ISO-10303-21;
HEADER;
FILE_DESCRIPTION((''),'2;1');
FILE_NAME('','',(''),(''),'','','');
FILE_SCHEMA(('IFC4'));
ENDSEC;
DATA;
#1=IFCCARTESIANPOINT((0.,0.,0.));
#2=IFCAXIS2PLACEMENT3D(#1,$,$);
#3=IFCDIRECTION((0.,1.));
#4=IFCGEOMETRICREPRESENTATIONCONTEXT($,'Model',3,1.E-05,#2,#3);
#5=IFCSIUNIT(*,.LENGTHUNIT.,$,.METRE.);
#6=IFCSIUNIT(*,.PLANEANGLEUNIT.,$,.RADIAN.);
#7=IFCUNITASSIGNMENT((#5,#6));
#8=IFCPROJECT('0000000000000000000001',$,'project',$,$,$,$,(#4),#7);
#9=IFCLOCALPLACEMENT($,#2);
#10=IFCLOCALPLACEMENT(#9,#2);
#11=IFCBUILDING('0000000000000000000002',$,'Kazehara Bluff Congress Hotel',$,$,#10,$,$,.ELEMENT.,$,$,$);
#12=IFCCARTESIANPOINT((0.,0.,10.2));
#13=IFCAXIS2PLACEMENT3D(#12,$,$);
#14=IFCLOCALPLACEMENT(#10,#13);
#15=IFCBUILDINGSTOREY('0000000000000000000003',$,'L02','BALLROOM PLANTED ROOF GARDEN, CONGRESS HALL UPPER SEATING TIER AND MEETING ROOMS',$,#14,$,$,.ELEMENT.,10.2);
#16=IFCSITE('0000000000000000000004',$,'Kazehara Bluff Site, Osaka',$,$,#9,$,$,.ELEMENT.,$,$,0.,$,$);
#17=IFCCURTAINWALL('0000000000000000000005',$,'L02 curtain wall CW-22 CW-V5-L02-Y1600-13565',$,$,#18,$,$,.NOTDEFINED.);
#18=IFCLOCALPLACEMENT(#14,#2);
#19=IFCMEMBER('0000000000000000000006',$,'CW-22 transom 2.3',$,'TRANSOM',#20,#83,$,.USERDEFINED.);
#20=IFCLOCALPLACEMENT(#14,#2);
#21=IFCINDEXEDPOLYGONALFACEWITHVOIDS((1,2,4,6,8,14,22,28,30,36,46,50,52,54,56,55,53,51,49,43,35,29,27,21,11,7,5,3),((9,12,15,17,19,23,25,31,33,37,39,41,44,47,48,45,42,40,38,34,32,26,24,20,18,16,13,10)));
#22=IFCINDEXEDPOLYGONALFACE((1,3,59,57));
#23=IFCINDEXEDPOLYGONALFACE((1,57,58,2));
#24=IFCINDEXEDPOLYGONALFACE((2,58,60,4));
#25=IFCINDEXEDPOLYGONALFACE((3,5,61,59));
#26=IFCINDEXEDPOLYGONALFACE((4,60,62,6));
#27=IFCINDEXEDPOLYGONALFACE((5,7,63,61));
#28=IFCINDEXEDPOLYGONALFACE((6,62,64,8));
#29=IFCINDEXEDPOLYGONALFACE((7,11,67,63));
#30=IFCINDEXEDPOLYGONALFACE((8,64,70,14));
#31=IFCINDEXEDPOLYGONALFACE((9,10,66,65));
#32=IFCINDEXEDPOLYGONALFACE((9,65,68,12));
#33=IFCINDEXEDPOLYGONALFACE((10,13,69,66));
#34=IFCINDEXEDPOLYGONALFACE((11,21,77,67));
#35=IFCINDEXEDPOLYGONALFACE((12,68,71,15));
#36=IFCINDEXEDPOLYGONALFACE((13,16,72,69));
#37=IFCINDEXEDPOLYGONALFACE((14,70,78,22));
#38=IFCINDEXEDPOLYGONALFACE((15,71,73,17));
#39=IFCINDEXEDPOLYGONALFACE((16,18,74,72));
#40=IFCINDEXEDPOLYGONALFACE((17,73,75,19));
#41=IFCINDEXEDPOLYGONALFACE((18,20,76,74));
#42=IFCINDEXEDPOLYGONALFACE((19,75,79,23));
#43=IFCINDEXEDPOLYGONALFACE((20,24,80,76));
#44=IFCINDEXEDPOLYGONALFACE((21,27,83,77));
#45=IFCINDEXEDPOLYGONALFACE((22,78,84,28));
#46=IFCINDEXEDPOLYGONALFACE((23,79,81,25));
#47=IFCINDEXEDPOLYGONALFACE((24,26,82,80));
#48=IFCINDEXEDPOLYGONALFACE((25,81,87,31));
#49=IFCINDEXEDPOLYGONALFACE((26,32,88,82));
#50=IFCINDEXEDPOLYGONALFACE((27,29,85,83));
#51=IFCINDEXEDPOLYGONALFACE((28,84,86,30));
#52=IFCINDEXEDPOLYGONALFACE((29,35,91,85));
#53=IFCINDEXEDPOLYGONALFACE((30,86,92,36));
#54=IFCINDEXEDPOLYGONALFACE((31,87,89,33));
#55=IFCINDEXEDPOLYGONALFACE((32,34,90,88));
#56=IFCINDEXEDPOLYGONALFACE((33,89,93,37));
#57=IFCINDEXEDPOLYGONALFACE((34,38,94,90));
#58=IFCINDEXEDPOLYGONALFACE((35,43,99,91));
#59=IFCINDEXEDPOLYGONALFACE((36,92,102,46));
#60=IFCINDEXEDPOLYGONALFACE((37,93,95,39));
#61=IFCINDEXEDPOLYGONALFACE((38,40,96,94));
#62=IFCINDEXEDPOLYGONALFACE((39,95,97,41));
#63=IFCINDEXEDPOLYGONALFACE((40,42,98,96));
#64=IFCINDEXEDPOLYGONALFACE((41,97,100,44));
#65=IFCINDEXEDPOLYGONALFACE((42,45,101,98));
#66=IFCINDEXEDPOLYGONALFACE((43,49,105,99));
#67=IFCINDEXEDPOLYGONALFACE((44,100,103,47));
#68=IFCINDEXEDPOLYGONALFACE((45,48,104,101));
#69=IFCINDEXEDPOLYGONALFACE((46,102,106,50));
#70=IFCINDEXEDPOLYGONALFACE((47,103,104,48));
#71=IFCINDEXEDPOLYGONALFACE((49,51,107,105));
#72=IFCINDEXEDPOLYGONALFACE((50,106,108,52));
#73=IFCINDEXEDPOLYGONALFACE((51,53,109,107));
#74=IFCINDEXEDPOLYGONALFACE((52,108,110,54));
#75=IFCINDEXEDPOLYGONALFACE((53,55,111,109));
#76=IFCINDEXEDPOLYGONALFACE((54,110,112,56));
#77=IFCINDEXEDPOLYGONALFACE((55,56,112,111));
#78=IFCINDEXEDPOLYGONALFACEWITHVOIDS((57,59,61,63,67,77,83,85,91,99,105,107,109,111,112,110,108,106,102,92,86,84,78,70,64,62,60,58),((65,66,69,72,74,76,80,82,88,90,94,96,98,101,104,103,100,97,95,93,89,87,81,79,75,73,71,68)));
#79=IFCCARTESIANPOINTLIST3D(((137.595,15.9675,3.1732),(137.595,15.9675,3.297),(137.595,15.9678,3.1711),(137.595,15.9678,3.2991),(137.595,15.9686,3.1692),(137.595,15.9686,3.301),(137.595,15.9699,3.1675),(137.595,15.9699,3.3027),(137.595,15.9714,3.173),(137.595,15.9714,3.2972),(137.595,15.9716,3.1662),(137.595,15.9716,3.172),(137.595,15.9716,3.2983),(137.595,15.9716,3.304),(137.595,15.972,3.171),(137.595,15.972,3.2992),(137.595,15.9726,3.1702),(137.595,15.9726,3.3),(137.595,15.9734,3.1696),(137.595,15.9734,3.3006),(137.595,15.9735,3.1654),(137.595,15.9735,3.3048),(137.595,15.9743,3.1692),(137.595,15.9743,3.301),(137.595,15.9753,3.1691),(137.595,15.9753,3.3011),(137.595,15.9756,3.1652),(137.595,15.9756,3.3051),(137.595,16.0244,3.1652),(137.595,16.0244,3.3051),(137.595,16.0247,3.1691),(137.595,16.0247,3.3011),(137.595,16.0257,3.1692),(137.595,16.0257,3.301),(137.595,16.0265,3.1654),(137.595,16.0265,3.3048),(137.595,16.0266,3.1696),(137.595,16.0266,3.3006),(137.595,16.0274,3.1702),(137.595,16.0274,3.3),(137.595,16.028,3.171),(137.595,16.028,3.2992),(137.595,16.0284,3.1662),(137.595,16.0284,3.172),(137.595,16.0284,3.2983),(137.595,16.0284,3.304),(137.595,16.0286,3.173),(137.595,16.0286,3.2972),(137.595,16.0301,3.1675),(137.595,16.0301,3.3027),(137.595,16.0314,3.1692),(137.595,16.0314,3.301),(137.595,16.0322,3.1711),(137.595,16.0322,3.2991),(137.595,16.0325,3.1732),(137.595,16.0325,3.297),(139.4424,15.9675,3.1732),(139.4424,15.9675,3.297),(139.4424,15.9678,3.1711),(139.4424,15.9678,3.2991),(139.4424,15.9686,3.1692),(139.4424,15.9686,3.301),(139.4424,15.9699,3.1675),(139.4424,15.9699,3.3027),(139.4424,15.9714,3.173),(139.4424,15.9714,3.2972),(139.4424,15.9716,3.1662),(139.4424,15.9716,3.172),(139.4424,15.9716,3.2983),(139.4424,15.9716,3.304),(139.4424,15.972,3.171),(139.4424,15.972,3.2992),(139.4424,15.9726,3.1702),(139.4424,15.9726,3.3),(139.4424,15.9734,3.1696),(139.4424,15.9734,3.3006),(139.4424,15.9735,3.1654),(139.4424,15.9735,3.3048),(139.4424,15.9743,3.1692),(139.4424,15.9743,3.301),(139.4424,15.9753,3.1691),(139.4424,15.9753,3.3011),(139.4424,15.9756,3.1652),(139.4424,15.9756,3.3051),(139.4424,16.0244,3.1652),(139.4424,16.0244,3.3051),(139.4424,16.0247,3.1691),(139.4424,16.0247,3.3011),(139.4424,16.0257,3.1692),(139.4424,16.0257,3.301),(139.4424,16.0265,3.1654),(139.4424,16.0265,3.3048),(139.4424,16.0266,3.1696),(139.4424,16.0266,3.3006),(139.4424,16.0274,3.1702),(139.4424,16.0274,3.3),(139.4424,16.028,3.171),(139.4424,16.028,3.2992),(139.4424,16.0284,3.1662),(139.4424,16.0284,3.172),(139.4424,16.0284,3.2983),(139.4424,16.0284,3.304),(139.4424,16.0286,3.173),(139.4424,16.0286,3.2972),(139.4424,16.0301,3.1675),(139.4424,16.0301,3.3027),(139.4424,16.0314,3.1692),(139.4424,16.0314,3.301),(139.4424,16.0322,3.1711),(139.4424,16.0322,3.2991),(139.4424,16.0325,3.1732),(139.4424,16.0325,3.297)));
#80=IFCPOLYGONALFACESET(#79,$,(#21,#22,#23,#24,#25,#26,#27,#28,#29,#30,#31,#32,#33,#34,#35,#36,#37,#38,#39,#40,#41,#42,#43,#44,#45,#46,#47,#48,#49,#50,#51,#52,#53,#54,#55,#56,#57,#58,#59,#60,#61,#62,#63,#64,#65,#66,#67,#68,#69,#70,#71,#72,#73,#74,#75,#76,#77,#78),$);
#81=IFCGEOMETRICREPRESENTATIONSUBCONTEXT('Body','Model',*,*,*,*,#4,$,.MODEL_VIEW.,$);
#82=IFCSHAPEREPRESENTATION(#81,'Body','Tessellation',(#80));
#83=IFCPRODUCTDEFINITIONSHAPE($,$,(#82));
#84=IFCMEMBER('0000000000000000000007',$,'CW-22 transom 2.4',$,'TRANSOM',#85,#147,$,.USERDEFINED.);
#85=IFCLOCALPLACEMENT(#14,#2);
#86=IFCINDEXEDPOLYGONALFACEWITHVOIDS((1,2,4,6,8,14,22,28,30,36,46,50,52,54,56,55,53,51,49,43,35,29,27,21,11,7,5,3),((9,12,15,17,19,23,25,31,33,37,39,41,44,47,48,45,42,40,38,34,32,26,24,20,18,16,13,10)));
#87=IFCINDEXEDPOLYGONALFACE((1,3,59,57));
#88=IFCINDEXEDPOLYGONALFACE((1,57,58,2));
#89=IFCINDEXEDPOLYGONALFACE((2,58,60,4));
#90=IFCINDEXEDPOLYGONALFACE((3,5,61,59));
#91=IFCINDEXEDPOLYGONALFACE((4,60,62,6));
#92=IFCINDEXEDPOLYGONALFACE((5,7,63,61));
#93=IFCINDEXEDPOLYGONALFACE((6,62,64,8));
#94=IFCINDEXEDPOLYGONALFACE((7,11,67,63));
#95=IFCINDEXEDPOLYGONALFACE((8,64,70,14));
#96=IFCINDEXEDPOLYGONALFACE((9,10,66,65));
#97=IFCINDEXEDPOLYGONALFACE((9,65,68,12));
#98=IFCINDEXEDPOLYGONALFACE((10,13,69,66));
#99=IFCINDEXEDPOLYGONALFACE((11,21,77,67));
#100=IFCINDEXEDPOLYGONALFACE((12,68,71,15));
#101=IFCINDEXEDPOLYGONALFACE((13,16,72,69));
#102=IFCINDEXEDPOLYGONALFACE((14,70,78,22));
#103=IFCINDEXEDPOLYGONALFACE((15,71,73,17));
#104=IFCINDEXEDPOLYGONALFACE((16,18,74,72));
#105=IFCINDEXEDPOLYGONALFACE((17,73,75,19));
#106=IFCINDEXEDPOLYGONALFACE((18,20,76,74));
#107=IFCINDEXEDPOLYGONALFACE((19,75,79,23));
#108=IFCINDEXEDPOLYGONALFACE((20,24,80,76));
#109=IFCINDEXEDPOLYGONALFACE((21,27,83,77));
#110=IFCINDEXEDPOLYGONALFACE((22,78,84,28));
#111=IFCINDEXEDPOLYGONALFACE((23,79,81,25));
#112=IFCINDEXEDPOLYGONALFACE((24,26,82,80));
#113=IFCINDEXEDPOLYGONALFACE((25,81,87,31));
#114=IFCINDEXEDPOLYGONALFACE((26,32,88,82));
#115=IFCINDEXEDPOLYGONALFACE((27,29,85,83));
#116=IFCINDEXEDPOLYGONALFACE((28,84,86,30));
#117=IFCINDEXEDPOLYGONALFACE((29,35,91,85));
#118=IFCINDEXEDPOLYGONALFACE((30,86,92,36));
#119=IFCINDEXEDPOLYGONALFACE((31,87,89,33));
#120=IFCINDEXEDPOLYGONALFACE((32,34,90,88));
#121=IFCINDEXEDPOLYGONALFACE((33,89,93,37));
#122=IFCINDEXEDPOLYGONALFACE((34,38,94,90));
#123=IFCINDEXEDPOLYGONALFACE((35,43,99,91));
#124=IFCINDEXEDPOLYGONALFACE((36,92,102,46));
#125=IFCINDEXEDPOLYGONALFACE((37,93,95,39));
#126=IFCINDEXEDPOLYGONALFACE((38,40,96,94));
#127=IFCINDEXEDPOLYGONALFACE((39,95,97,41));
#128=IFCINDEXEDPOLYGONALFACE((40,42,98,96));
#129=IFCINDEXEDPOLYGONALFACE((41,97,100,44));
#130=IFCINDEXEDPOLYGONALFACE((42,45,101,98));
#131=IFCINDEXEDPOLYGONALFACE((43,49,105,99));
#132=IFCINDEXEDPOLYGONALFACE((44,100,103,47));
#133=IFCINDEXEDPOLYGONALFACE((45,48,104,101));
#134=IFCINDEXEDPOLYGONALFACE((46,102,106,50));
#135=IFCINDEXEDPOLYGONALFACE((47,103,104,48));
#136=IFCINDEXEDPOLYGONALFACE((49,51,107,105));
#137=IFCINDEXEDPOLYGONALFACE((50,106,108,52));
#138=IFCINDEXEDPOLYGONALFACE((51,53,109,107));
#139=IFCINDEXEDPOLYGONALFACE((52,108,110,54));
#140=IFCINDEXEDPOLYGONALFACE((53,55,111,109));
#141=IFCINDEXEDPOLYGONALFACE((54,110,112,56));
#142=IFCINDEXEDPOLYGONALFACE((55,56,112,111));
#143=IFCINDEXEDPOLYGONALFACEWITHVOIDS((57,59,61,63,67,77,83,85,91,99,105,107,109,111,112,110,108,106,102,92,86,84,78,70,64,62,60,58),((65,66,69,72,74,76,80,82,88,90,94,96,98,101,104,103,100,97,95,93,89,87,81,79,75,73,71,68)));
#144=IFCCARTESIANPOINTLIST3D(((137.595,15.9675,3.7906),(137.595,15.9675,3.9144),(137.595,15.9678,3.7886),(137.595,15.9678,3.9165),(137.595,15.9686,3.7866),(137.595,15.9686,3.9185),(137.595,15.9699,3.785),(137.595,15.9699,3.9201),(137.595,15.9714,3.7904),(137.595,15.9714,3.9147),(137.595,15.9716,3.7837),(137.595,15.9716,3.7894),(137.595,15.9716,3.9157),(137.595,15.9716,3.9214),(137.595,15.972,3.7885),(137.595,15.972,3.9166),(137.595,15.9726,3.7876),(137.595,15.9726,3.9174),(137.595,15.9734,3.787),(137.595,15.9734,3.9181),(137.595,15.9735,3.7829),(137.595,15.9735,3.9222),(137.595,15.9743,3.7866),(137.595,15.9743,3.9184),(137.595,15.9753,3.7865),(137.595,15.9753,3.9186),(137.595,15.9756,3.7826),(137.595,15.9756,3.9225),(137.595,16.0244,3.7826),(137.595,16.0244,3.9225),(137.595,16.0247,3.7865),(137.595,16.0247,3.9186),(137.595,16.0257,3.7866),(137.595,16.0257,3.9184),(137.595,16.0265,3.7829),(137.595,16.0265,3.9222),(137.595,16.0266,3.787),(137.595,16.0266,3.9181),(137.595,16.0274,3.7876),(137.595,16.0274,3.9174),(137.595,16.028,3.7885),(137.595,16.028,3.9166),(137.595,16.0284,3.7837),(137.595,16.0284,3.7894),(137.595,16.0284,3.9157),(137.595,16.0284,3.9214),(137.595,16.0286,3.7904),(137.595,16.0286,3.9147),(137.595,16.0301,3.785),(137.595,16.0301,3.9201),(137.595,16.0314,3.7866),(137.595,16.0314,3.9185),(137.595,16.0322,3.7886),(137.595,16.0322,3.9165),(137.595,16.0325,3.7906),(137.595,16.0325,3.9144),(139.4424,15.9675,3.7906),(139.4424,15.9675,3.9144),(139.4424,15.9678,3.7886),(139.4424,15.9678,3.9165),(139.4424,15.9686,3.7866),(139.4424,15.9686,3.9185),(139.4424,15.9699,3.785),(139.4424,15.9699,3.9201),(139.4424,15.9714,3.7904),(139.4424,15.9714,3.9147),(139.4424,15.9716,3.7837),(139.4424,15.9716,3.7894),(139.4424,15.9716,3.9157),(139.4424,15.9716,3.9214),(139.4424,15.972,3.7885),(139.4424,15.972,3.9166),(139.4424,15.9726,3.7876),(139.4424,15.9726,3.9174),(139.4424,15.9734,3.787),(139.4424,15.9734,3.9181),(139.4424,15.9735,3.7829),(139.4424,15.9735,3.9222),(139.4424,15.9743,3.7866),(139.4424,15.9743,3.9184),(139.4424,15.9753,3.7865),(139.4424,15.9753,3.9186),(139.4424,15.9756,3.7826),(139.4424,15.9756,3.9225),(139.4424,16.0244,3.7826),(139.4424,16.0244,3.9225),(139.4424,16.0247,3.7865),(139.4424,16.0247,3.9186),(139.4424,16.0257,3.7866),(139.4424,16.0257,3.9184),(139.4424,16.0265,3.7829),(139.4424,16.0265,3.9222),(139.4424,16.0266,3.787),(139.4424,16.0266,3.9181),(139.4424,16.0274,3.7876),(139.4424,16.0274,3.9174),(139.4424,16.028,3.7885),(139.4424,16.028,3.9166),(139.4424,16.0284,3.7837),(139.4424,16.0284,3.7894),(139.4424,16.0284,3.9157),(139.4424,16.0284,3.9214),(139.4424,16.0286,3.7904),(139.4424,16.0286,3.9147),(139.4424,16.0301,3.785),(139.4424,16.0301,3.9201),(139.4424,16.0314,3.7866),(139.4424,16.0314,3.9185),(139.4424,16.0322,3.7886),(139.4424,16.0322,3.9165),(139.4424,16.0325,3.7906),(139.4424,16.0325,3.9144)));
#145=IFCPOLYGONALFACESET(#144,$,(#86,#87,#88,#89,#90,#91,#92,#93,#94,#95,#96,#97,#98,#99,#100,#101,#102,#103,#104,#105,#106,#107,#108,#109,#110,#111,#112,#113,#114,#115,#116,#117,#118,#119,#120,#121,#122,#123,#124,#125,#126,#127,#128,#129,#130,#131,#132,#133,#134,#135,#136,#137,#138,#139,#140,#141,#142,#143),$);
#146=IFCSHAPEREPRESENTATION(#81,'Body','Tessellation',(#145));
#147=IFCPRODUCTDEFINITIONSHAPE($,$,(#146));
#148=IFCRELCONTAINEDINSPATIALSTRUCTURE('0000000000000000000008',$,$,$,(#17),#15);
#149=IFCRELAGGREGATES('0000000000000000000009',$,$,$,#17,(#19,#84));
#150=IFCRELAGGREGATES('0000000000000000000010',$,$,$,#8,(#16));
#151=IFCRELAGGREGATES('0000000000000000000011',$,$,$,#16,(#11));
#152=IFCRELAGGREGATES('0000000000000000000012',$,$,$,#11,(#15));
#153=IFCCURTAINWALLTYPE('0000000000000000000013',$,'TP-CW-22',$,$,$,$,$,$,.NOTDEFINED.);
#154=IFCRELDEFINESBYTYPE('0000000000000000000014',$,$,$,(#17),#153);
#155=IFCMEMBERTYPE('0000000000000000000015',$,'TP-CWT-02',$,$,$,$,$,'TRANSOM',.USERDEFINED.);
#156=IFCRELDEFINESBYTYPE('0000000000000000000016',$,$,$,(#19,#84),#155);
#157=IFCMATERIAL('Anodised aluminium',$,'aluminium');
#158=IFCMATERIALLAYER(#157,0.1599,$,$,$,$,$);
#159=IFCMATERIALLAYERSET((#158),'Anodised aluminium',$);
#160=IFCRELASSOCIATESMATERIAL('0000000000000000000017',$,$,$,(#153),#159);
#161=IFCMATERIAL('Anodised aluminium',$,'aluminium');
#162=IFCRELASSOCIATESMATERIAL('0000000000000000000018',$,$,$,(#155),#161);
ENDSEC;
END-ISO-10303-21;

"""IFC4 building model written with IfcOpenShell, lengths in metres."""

from ifc_helpers import new_model, si_unit, direction, frame, origin, origin_2d, place, context, subcontext, project, spatial, hollow_rectangle, extrude, material, layer, layer_set, material_profile, profile_set, type_object, element, aggregate, save


model = new_model("IFC4")

# Units and contexts
model_context = context("Model", 3, precision=1e-05, world=origin(), true_north=direction((0.0, 1.0)))
body_context = subcontext(model_context, "Body", "Model", "MODEL_VIEW")
ifc_project = project(units=[si_unit("LENGTHUNIT", "METRE"), si_unit("PLANEANGLEUNIT", "RADIAN")], contexts=[model_context])

# Site, building, storey
site_placement = place(None, origin())
site = spatial("IfcSite", under=ifc_project, at=site_placement, Name="Kazehara Bluff Site, Osaka", CompositionType="ELEMENT", RefElevation=0.0)
building_placement = place(site_placement, origin())
building = spatial("IfcBuilding", under=site, at=building_placement, Name="Kazehara Bluff Congress Hotel", CompositionType="ELEMENT")
storey_placement = place(building_placement, frame((0.0, 0.0, 10.2)))
storey = spatial("IfcBuildingStorey", under=building, at=storey_placement, Name="L02", Description="BALLROOM PLANTED ROOF GARDEN, CONGRESS HALL UPPER SEATING TIER AND MEETING ROOMS", CompositionType="ELEMENT", Elevation=10.2)

# Curtain wall, members
ifc_material_1 = material(Name="Anodised aluminium", Category="aluminium")
ifc_layer_1 = layer(ifc_material_1, 0.1599)
ifc_layer_set_1 = layer_set([ifc_layer_1], Name="Anodised aluminium")
curtain_wall_type = type_object("IfcCurtainWallType", Name="TP-CW-22", PredefinedType="NOTDEFINED", material=ifc_layer_set_1)
curtain_wall_placement = place(storey_placement, origin())
curtain_wall = element("IfcCurtainWall", 1, at=curtain_wall_placement, inside=storey, type_object=curtain_wall_type, Name="L02 curtain wall CW-22 CW-V5-L02-Y1600-13565", PredefinedType="NOTDEFINED")
ifc_material_2 = material(Name="Anodised aluminium", Category="aluminium")
ifc_material_profile_1 = material_profile(ifc_material_2, hollow_rectangle(XDim=0.0649, YDim=0.1399, WallThickness=0.0039, InnerFilletRadius=0.0039, OuterFilletRadius=0.0081, at=origin_2d()))
ifc_profile_set_1 = profile_set([ifc_material_profile_1], Name="Anodised aluminium")
member_type_1 = type_object("IfcMemberType", Name="TP-CWT-02", ElementType="TRANSOM", PredefinedType="USERDEFINED", material=ifc_profile_set_1)
member_1_placement = place(storey_placement, frame((137.595, 16.0, 3.2351), z_axis=(1.0, 0.0, 0.0), x_axis=(0.0, 1.0, 0.0)))
member_1 = element("IfcMember", 2, at=member_1_placement, type_object=member_type_1, Name="CW-22 transom 2.3", ObjectType="TRANSOM", PredefinedType="USERDEFINED", context=body_context, shape_type="SweptSolid", body=[
    extrude(hollow_rectangle(XDim=0.0649, YDim=0.1399, WallThickness=0.0039, InnerFilletRadius=0.0039, OuterFilletRadius=0.0081, at=origin_2d()), origin(), (0.0, 0.0, 1.0), 1.8474),
])
member_2_placement = place(storey_placement, frame((137.595, 16.0, 3.8525), z_axis=(1.0, 0.0, 0.0), x_axis=(0.0, 1.0, 0.0)))
member_2 = element("IfcMember", 3, at=member_2_placement, type_object=member_type_1, Name="CW-22 transom 2.4", ObjectType="TRANSOM", PredefinedType="USERDEFINED", context=body_context, shape_type="SweptSolid", body=[
    extrude(hollow_rectangle(XDim=0.0649, YDim=0.1399, WallThickness=0.0039, InnerFilletRadius=0.0039, OuterFilletRadius=0.0081, at=origin_2d()), origin(), (0.0, 0.0, 1.0), 1.8474),
])
aggregate(curtain_wall, [member_1, member_2])

save(model, "model.ifc")
